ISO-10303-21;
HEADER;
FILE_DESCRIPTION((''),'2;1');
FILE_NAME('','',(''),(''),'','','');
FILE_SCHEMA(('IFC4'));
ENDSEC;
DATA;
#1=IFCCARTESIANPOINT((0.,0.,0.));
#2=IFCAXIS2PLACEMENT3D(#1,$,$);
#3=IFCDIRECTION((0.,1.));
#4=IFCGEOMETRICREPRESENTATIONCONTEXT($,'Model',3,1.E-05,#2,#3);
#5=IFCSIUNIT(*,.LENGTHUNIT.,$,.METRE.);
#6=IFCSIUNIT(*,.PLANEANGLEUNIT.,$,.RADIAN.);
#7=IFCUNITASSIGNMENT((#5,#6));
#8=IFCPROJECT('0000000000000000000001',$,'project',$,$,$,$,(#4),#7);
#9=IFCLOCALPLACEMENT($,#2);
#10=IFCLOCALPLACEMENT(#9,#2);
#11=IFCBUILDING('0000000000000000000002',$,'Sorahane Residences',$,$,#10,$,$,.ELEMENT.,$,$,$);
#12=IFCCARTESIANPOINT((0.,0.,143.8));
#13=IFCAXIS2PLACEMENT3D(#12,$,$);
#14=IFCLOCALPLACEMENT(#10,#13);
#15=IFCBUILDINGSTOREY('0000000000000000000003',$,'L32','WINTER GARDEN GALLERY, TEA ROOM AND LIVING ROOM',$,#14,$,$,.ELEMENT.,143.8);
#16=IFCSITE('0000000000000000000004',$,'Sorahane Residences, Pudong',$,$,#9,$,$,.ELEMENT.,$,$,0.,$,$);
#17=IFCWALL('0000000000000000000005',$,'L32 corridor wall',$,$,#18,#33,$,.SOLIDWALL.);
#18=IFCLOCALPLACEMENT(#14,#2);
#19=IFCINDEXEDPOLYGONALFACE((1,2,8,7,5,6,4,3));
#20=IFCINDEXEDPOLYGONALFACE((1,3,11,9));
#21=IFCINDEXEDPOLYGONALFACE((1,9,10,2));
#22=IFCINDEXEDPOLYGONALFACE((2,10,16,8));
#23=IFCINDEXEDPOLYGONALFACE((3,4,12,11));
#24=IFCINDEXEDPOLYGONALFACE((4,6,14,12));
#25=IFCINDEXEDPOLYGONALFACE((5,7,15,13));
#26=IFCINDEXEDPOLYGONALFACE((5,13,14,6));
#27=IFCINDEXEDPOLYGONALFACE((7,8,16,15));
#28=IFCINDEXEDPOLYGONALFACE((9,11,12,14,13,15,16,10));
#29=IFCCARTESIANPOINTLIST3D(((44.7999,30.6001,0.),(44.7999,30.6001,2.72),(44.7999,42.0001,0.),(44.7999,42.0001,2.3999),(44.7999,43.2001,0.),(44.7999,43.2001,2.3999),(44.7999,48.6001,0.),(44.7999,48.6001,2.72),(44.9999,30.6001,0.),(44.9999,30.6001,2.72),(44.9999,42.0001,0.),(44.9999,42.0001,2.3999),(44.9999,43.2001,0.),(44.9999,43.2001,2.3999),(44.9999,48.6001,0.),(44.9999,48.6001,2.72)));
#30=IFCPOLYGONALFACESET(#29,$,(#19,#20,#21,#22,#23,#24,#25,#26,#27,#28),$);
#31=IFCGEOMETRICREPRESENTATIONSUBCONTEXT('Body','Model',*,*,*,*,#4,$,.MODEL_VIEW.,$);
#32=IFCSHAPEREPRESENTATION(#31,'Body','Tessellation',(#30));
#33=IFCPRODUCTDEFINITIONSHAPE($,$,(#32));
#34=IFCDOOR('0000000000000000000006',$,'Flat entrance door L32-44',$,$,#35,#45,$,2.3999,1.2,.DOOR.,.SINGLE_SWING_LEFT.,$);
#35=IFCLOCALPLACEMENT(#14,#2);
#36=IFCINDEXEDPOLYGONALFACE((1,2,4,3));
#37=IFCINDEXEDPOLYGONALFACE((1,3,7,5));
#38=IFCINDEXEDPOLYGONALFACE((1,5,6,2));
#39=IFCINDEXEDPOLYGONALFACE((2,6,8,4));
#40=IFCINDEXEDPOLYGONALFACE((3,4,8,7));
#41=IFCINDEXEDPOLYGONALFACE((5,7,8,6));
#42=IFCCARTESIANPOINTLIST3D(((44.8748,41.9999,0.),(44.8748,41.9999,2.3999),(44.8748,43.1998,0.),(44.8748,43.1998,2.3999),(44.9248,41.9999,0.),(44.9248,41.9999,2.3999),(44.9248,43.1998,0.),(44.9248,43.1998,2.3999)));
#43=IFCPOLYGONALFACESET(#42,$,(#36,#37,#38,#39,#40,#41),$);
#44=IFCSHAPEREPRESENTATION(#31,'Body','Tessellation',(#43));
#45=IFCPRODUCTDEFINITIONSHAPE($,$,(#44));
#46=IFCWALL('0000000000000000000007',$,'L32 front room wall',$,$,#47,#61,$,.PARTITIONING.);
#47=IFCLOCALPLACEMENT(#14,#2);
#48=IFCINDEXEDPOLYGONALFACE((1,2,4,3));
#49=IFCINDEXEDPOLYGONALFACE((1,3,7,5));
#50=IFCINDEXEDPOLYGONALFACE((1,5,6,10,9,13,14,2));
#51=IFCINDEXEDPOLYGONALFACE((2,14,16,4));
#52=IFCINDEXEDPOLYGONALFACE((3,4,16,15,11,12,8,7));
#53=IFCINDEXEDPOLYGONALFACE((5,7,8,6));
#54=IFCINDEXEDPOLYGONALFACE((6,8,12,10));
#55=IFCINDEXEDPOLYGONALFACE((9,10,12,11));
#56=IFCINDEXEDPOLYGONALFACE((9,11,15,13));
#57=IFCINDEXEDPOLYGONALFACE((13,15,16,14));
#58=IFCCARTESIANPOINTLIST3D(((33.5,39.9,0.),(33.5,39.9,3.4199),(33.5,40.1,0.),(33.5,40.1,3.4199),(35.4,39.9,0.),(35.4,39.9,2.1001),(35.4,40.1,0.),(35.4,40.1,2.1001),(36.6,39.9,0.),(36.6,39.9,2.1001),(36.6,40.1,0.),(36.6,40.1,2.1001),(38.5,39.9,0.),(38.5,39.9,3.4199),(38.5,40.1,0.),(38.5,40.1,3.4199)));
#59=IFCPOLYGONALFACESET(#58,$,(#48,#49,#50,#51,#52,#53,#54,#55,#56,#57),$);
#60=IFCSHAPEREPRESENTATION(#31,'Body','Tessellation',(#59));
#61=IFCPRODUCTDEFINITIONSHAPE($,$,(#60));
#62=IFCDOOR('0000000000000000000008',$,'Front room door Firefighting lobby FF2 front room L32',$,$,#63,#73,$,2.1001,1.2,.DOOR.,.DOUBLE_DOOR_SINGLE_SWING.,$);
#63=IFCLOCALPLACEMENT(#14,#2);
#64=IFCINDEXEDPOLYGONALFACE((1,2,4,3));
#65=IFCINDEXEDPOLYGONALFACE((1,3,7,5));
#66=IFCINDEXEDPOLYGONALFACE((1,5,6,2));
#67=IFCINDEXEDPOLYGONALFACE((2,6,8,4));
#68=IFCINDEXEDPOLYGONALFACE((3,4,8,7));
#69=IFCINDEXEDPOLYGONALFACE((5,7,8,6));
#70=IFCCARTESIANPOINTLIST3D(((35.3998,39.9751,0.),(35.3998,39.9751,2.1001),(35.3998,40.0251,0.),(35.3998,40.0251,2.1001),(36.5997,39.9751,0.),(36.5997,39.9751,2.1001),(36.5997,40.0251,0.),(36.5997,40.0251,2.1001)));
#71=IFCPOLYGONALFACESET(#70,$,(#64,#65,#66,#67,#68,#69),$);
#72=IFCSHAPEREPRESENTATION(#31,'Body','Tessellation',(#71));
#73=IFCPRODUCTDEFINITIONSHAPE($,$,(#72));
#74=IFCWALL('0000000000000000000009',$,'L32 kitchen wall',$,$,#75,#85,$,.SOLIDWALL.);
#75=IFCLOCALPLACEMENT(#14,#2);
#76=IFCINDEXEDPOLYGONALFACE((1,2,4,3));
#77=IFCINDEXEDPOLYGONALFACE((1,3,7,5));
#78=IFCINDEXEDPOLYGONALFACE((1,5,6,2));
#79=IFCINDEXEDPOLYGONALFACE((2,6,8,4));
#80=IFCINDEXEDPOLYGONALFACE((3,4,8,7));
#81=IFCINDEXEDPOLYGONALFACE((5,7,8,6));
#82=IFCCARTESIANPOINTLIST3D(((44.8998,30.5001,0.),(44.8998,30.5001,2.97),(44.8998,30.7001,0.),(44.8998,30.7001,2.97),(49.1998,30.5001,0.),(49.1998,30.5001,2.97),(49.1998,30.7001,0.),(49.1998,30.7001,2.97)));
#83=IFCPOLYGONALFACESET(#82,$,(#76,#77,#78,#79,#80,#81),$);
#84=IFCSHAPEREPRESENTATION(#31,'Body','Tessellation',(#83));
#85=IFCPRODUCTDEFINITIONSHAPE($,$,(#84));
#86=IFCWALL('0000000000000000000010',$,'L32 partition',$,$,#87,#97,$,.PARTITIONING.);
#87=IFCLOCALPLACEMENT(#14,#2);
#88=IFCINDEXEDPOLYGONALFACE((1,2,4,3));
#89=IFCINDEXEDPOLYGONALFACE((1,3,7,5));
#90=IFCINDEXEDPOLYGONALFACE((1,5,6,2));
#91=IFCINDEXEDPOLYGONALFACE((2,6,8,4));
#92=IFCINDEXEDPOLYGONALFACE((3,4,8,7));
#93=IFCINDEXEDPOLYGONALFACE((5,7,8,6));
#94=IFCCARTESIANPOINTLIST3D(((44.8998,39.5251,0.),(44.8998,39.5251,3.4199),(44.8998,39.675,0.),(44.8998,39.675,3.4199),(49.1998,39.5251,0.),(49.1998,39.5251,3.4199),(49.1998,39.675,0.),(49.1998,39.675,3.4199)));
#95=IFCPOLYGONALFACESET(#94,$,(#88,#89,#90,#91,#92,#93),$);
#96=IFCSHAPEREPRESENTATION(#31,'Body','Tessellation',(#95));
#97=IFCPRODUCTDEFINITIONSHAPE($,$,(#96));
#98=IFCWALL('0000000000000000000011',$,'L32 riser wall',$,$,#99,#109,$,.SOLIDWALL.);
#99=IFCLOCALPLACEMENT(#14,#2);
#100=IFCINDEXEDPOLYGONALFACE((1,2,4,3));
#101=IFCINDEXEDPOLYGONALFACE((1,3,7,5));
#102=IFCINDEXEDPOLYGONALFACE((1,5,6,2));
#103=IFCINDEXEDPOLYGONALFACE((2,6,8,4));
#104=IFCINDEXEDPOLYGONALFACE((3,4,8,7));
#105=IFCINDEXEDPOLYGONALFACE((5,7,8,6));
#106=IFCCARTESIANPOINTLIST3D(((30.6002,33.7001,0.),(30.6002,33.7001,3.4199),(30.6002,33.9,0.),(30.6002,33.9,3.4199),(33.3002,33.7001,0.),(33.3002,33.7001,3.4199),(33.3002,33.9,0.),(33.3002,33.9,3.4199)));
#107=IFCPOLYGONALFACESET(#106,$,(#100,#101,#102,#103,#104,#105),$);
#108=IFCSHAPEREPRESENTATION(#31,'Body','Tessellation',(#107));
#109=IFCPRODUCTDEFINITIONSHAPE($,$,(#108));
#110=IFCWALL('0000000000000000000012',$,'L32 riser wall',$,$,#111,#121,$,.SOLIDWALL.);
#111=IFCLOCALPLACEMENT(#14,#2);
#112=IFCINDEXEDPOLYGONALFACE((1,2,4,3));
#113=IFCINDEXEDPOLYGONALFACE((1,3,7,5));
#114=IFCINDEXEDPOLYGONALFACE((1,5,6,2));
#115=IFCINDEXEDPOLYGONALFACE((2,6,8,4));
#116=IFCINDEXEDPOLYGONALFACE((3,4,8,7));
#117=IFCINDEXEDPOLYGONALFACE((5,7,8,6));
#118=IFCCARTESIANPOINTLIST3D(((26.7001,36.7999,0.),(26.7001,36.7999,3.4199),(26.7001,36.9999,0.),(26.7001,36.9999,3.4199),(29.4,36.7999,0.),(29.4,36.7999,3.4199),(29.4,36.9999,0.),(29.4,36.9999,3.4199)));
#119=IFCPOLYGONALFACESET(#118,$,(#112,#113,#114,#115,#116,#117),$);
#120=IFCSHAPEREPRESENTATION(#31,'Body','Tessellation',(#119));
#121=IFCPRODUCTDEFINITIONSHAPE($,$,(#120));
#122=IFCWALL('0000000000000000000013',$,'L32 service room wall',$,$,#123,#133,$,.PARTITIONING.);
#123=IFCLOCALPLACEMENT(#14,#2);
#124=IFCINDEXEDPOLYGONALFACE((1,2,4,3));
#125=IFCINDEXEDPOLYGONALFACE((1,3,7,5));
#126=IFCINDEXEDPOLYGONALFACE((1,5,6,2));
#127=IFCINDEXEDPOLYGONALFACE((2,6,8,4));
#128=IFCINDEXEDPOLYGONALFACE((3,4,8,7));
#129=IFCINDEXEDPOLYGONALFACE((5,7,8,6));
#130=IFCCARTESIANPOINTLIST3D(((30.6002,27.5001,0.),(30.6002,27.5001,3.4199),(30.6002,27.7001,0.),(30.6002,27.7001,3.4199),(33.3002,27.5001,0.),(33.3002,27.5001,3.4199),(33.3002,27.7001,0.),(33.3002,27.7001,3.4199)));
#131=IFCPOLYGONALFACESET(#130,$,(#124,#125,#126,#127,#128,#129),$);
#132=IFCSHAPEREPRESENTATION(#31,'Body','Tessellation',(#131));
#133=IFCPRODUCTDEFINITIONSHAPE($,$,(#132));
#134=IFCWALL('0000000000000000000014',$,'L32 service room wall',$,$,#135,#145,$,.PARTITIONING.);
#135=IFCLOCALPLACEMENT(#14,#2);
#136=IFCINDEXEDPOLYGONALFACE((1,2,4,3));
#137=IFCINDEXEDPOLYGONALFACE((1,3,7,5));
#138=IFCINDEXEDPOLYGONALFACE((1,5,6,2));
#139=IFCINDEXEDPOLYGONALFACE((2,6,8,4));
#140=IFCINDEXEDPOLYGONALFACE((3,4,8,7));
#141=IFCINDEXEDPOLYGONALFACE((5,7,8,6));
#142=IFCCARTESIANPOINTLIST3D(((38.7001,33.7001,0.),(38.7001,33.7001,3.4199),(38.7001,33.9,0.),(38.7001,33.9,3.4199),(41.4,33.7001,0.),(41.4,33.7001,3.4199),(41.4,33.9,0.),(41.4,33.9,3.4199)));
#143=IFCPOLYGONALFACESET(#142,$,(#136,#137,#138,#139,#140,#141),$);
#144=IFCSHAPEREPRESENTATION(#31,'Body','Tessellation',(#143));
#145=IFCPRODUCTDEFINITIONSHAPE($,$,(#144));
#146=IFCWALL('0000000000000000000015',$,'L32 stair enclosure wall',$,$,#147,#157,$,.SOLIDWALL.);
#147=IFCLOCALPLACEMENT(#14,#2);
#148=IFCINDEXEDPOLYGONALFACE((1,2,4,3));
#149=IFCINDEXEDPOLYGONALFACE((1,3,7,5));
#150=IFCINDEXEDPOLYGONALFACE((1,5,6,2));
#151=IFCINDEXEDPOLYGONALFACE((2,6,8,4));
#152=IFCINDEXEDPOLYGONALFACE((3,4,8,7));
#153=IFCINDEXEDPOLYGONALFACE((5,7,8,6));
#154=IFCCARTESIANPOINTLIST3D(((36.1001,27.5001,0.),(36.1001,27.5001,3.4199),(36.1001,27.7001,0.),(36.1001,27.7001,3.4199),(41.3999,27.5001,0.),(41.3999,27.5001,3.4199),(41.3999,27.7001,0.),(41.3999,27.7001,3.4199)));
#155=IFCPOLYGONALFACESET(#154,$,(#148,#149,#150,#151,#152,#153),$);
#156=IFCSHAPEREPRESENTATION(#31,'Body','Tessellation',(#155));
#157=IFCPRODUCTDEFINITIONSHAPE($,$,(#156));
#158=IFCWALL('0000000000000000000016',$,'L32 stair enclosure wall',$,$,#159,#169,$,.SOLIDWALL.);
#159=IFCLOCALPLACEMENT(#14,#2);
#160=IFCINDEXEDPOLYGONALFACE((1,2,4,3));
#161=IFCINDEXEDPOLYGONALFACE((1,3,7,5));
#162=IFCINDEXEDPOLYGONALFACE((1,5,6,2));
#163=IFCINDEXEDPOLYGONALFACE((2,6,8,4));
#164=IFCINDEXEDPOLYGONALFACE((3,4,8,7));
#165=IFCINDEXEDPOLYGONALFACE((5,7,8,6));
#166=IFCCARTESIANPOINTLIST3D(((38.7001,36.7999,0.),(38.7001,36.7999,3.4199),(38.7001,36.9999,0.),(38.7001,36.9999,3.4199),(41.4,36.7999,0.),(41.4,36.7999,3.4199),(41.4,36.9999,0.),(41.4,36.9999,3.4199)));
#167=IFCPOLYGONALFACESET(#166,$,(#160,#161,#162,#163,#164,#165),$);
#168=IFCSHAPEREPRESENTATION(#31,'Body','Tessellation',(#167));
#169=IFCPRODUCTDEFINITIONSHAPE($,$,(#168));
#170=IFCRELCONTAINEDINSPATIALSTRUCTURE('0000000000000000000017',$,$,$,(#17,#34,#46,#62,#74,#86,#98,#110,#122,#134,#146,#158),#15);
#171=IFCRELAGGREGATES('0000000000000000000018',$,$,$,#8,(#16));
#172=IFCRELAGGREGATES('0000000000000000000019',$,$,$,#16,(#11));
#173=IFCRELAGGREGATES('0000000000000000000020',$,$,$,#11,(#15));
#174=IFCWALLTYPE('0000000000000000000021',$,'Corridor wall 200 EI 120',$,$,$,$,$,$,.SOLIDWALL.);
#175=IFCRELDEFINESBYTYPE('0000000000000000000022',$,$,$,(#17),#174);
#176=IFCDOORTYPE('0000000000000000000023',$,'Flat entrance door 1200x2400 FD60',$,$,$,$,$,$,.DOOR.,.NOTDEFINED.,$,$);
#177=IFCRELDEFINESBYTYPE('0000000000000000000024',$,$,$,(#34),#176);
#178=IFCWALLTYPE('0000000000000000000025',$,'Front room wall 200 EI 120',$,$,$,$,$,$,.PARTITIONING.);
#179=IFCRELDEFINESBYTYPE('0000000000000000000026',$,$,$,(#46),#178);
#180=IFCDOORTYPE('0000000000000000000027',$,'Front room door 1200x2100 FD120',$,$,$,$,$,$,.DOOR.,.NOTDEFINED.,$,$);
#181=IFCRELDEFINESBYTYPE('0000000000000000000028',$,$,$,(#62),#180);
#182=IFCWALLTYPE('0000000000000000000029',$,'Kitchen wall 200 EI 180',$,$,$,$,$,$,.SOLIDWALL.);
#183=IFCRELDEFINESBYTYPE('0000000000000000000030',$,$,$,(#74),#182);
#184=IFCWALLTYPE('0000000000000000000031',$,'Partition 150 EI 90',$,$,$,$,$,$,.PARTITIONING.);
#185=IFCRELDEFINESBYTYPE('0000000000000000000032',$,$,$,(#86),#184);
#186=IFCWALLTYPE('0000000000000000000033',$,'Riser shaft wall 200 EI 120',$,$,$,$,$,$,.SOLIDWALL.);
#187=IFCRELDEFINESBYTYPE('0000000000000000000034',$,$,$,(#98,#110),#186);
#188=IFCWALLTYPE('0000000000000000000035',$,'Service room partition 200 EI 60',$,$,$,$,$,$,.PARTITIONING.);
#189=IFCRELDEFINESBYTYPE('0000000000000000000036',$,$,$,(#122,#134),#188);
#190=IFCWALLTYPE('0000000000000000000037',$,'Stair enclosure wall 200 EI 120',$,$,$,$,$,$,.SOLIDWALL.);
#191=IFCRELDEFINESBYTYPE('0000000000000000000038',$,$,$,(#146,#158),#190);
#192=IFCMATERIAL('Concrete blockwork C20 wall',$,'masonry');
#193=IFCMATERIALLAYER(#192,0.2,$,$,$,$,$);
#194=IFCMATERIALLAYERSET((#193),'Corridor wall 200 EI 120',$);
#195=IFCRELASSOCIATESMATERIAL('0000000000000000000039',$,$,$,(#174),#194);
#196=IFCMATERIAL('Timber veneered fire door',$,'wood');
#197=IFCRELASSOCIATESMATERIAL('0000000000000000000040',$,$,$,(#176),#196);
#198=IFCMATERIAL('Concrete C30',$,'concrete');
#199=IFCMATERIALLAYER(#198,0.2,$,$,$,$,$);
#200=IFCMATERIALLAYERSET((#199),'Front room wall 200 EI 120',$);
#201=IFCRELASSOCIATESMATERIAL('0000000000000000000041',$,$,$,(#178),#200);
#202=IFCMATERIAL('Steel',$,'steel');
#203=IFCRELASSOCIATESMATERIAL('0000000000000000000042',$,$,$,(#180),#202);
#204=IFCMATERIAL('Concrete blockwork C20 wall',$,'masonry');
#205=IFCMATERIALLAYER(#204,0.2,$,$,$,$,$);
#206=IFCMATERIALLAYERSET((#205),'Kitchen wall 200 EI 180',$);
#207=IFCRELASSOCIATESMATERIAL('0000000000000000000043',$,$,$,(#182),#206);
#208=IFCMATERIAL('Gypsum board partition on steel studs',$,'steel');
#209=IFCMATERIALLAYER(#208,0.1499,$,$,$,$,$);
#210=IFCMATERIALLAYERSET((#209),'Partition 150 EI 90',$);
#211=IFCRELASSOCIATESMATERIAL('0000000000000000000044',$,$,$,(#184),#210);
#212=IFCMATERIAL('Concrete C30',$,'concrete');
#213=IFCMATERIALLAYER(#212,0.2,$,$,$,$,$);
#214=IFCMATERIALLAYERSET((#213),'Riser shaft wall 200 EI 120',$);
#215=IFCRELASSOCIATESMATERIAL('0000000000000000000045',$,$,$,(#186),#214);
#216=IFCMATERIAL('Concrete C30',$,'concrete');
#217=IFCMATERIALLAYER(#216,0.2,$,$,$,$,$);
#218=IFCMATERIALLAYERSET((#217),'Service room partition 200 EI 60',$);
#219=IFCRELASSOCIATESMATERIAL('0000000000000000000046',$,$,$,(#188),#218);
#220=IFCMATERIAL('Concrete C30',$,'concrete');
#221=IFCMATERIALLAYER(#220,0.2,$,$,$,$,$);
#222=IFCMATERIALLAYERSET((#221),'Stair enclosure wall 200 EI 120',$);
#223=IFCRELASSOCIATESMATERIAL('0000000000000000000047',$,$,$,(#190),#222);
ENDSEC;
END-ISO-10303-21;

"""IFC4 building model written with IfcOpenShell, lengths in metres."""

from ifc_helpers import new_model, si_unit, direction, frame, frame_2d, origin, place, context, subcontext, project, spatial, rectangle, extrude, material, layer, layer_set, type_object, element, fill, save


model = new_model("IFC4")

# Units and contexts
model_context = context("Model", 3, precision=1e-05, world=origin(), true_north=direction((0.0, 1.0)))
body_context = subcontext(model_context, "Body", "Model", "MODEL_VIEW")
ifc_project = project(units=[si_unit("LENGTHUNIT", "METRE"), si_unit("PLANEANGLEUNIT", "RADIAN")], contexts=[model_context])

# Site, building, storey
site_placement = place(None, origin())
site = spatial("IfcSite", under=ifc_project, at=site_placement, Name="Sorahane Residences, Pudong", CompositionType="ELEMENT", RefElevation=0.0)
building_placement = place(site_placement, origin())
building = spatial("IfcBuilding", under=site, at=building_placement, Name="Sorahane Residences", CompositionType="ELEMENT")
storey_placement = place(building_placement, frame((0.0, 0.0, 143.8)))
storey = spatial("IfcBuildingStorey", under=building, at=storey_placement, Name="L32", Description="WINTER GARDEN GALLERY, TEA ROOM AND LIVING ROOM", CompositionType="ELEMENT", Elevation=143.8)

# Walls, openings, doors
ifc_material_1 = material(Name="Concrete blockwork C20 wall", Category="masonry")
ifc_layer_1 = layer(ifc_material_1, 0.2)
ifc_layer_set_1 = layer_set([ifc_layer_1], Name="Corridor wall 200 EI 120")
wall_type_1 = type_object("IfcWallType", Name="Corridor wall 200 EI 120", PredefinedType="SOLIDWALL", material=ifc_layer_set_1)
wall_1_placement = place(storey_placement, frame((44.8999, 30.6001, 0.0), z_axis=(0.0, 0.0, 1.0), x_axis=(0.0, 1.0, 0.0)))
wall_1 = element("IfcWall", 1, at=wall_1_placement, inside=storey, type_object=wall_type_1, Name="L32 corridor wall", PredefinedType="SOLIDWALL", context=body_context, shape_type="SweptSolid", body=[
    extrude(rectangle(XDim=18.0, YDim=0.2, at=frame_2d((9.0, 0.0))), origin(), (0.0, 0.0, 1.0), 2.72),
])
opening_1_placement = place(wall_1_placement, frame((11.3999, 0.0, 0.0)))
opening_1 = element("IfcOpeningElement", 2, at=opening_1_placement, cuts=wall_1, PredefinedType="OPENING", context=body_context, shape_type="SweptSolid", body=[
    extrude(rectangle(XDim=1.2, YDim=2.3999, at=frame_2d((0.6001, 1.2))), frame((0.0, 0.1099, 0.0), z_axis=(0.0, -1.0, 0.0), x_axis=(1.0, 0.0, 0.0)), (0.0, 0.0, 1.0), 0.22),
])
ifc_material_2 = material(Name="Timber veneered fire door", Category="wood")
door_type_1 = type_object("IfcDoorType", Name="Flat entrance door 1200x2400 FD60", OperationType="NOTDEFINED", PredefinedType="DOOR", material=ifc_material_2)
door_1_placement = place(opening_1_placement, frame((1.2, 0.0, 0.0), z_axis=(0.0, 0.0, 1.0), x_axis=(-1.0, 0.0, 0.0)))
door_1 = element("IfcDoor", 3, at=door_1_placement, inside=storey, type_object=door_type_1, Name="Flat entrance door L32-44", OperationType="SINGLE_SWING_LEFT", OverallHeight=2.3999, OverallWidth=1.2, PredefinedType="DOOR", context=body_context, shape_type="SweptSolid", body=[
    extrude(rectangle(XDim=1.2, YDim=2.3999, at=frame_2d((0.6001, 1.2))), frame((0.0, 0.0249, 0.0), z_axis=(0.0, -1.0, 0.0), x_axis=(1.0, 0.0, 0.0)), (0.0, 0.0, 1.0), 0.05),
])
fill(opening_1, door_1)
ifc_material_3 = material(Name="Concrete C30", Category="concrete")
ifc_layer_2 = layer(ifc_material_3, 0.2)
ifc_layer_set_2 = layer_set([ifc_layer_2], Name="Front room wall 200 EI 120")
wall_type_2 = type_object("IfcWallType", Name="Front room wall 200 EI 120", PredefinedType="PARTITIONING", material=ifc_layer_set_2)
wall_2_placement = place(storey_placement, frame((33.5, 40.0, 0.0), z_axis=(0.0, 0.0, 1.0), x_axis=(1.0, 0.0, 0.0)))
wall_2 = element("IfcWall", 4, at=wall_2_placement, inside=storey, type_object=wall_type_2, Name="L32 front room wall", PredefinedType="PARTITIONING", context=body_context, shape_type="SweptSolid", body=[
    extrude(rectangle(XDim=5.0, YDim=0.2, at=frame_2d((2.5, 0.0))), origin(), (0.0, 0.0, 1.0), 3.4199),
])
opening_2_placement = place(wall_2_placement, frame((1.8999, 0.0, 0.0)))
opening_2 = element("IfcOpeningElement", 5, at=opening_2_placement, cuts=wall_2, PredefinedType="OPENING", context=body_context, shape_type="SweptSolid", body=[
    extrude(rectangle(XDim=1.2, YDim=2.1001, at=frame_2d((0.6001, 1.05))), frame((0.0, 0.1099, 0.0), z_axis=(0.0, -1.0, 0.0), x_axis=(1.0, 0.0, 0.0)), (0.0, 0.0, 1.0), 0.22),
])
ifc_material_4 = material(Name="Steel", Category="steel")
door_type_2 = type_object("IfcDoorType", Name="Front room door 1200x2100 FD120", OperationType="NOTDEFINED", PredefinedType="DOOR", material=ifc_material_4)
door_2_placement = place(opening_2_placement, frame((1.2, 0.0, 0.0), z_axis=(0.0, 0.0, 1.0), x_axis=(-1.0, 0.0, 0.0)))
door_2 = element("IfcDoor", 6, at=door_2_placement, inside=storey, type_object=door_type_2, Name="Front room door Firefighting lobby FF2 front room L32", OperationType="DOUBLE_DOOR_SINGLE_SWING", OverallHeight=2.1001, OverallWidth=1.2, PredefinedType="DOOR", context=body_context, shape_type="SweptSolid", body=[
    extrude(rectangle(XDim=1.2, YDim=2.1001, at=frame_2d((0.6001, 1.05))), frame((0.0, 0.0249, 0.0), z_axis=(0.0, -1.0, 0.0), x_axis=(1.0, 0.0, 0.0)), (0.0, 0.0, 1.0), 0.05),
])
fill(opening_2, door_2)

# Walls
ifc_material_5 = material(Name="Concrete blockwork C20 wall", Category="masonry")
ifc_layer_3 = layer(ifc_material_5, 0.2)
ifc_layer_set_3 = layer_set([ifc_layer_3], Name="Kitchen wall 200 EI 180")
wall_type_3 = type_object("IfcWallType", Name="Kitchen wall 200 EI 180", PredefinedType="SOLIDWALL", material=ifc_layer_set_3)
wall_3_placement = place(storey_placement, frame((44.8999, 30.6001, 0.0), z_axis=(0.0, 0.0, 1.0), x_axis=(1.0, 0.0, 0.0)))
element("IfcWall", 7, at=wall_3_placement, inside=storey, type_object=wall_type_3, Name="L32 kitchen wall", PredefinedType="SOLIDWALL", context=body_context, shape_type="SweptSolid", body=[
    extrude(rectangle(XDim=4.3, YDim=0.2, at=frame_2d((2.1499, 0.0))), origin(), (0.0, 0.0, 1.0), 2.97),
])
ifc_material_6 = material(Name="Gypsum board partition on steel studs", Category="steel")
ifc_layer_4 = layer(ifc_material_6, 0.1499)
ifc_layer_set_4 = layer_set([ifc_layer_4], Name="Partition 150 EI 90")
wall_type_4 = type_object("IfcWallType", Name="Partition 150 EI 90", PredefinedType="PARTITIONING", material=ifc_layer_set_4)
wall_4_placement = place(storey_placement, frame((44.8999, 39.6001, 0.0), z_axis=(0.0, 0.0, 1.0), x_axis=(1.0, 0.0, 0.0)))
element("IfcWall", 8, at=wall_4_placement, inside=storey, type_object=wall_type_4, Name="L32 partition", PredefinedType="PARTITIONING", context=body_context, shape_type="SweptSolid", body=[
    extrude(rectangle(XDim=4.3, YDim=0.1499, at=frame_2d((2.1499, 0.0))), origin(), (0.0, 0.0, 1.0), 3.4199),
])
ifc_material_7 = material(Name="Concrete C30", Category="concrete")
ifc_layer_5 = layer(ifc_material_7, 0.2)
ifc_layer_set_5 = layer_set([ifc_layer_5], Name="Riser shaft wall 200 EI 120")
wall_type_5 = type_object("IfcWallType", Name="Riser shaft wall 200 EI 120", PredefinedType="SOLIDWALL", material=ifc_layer_set_5)
for number, where, z_axis, x_axis, name in (
    (9, (30.6001, 33.8, 0.0), (0.0, 0.0, 1.0), (1.0, 0.0, 0.0), "L32 riser wall"),
    (10, (26.7, 36.8999, 0.0), (0.0, 0.0, 1.0), (1.0, 0.0, 0.0), "L32 riser wall"),
):
    element("IfcWall", number, at=place(storey_placement, frame(where, z_axis=z_axis, x_axis=x_axis)), inside=storey, type_object=wall_type_5, Name=name, PredefinedType="SOLIDWALL", context=body_context, shape_type="SweptSolid", body=[
        extrude(rectangle(XDim=2.7, YDim=0.2, at=frame_2d((1.3501, 0.0))), origin(), (0.0, 0.0, 1.0), 3.4199),
    ])
ifc_material_8 = material(Name="Concrete C30", Category="concrete")
ifc_layer_6 = layer(ifc_material_8, 0.2)
ifc_layer_set_6 = layer_set([ifc_layer_6], Name="Service room partition 200 EI 60")
wall_type_6 = type_object("IfcWallType", Name="Service room partition 200 EI 60", PredefinedType="PARTITIONING", material=ifc_layer_set_6)
for number, where, z_axis, x_axis, name in (
    (11, (30.6001, 27.6001, 0.0), (0.0, 0.0, 1.0), (1.0, 0.0, 0.0), "L32 service room wall"),
    (12, (38.7, 33.8, 0.0), (0.0, 0.0, 1.0), (1.0, 0.0, 0.0), "L32 service room wall"),
):
    element("IfcWall", number, at=place(storey_placement, frame(where, z_axis=z_axis, x_axis=x_axis)), inside=storey, type_object=wall_type_6, Name=name, PredefinedType="PARTITIONING", context=body_context, shape_type="SweptSolid", body=[
        extrude(rectangle(XDim=2.7, YDim=0.2, at=frame_2d((1.3501, 0.0))), origin(), (0.0, 0.0, 1.0), 3.4199),
    ])
ifc_material_9 = material(Name="Concrete C30", Category="concrete")
ifc_layer_7 = layer(ifc_material_9, 0.2)
ifc_layer_set_7 = layer_set([ifc_layer_7], Name="Stair enclosure wall 200 EI 120")
wall_type_7 = type_object("IfcWallType", Name="Stair enclosure wall 200 EI 120", PredefinedType="SOLIDWALL", material=ifc_layer_set_7)
wall_5_placement = place(storey_placement, frame((36.1001, 27.6001, 0.0), z_axis=(0.0, 0.0, 1.0), x_axis=(1.0, 0.0, 0.0)))
element("IfcWall", 13, at=wall_5_placement, inside=storey, type_object=wall_type_7, Name="L32 stair enclosure wall", PredefinedType="SOLIDWALL", context=body_context, shape_type="SweptSolid", body=[
    extrude(rectangle(XDim=5.2998, YDim=0.2, at=frame_2d((2.6499, 0.0))), origin(), (0.0, 0.0, 1.0), 3.4199),
])
wall_6_placement = place(storey_placement, frame((38.7, 36.8999, 0.0), z_axis=(0.0, 0.0, 1.0), x_axis=(1.0, 0.0, 0.0)))
element("IfcWall", 14, at=wall_6_placement, inside=storey, type_object=wall_type_7, Name="L32 stair enclosure wall", PredefinedType="SOLIDWALL", context=body_context, shape_type="SweptSolid", body=[
    extrude(rectangle(XDim=2.7, YDim=0.2, at=frame_2d((1.3501, 0.0))), origin(), (0.0, 0.0, 1.0), 3.4199),
])

save(model, "model.ifc")
